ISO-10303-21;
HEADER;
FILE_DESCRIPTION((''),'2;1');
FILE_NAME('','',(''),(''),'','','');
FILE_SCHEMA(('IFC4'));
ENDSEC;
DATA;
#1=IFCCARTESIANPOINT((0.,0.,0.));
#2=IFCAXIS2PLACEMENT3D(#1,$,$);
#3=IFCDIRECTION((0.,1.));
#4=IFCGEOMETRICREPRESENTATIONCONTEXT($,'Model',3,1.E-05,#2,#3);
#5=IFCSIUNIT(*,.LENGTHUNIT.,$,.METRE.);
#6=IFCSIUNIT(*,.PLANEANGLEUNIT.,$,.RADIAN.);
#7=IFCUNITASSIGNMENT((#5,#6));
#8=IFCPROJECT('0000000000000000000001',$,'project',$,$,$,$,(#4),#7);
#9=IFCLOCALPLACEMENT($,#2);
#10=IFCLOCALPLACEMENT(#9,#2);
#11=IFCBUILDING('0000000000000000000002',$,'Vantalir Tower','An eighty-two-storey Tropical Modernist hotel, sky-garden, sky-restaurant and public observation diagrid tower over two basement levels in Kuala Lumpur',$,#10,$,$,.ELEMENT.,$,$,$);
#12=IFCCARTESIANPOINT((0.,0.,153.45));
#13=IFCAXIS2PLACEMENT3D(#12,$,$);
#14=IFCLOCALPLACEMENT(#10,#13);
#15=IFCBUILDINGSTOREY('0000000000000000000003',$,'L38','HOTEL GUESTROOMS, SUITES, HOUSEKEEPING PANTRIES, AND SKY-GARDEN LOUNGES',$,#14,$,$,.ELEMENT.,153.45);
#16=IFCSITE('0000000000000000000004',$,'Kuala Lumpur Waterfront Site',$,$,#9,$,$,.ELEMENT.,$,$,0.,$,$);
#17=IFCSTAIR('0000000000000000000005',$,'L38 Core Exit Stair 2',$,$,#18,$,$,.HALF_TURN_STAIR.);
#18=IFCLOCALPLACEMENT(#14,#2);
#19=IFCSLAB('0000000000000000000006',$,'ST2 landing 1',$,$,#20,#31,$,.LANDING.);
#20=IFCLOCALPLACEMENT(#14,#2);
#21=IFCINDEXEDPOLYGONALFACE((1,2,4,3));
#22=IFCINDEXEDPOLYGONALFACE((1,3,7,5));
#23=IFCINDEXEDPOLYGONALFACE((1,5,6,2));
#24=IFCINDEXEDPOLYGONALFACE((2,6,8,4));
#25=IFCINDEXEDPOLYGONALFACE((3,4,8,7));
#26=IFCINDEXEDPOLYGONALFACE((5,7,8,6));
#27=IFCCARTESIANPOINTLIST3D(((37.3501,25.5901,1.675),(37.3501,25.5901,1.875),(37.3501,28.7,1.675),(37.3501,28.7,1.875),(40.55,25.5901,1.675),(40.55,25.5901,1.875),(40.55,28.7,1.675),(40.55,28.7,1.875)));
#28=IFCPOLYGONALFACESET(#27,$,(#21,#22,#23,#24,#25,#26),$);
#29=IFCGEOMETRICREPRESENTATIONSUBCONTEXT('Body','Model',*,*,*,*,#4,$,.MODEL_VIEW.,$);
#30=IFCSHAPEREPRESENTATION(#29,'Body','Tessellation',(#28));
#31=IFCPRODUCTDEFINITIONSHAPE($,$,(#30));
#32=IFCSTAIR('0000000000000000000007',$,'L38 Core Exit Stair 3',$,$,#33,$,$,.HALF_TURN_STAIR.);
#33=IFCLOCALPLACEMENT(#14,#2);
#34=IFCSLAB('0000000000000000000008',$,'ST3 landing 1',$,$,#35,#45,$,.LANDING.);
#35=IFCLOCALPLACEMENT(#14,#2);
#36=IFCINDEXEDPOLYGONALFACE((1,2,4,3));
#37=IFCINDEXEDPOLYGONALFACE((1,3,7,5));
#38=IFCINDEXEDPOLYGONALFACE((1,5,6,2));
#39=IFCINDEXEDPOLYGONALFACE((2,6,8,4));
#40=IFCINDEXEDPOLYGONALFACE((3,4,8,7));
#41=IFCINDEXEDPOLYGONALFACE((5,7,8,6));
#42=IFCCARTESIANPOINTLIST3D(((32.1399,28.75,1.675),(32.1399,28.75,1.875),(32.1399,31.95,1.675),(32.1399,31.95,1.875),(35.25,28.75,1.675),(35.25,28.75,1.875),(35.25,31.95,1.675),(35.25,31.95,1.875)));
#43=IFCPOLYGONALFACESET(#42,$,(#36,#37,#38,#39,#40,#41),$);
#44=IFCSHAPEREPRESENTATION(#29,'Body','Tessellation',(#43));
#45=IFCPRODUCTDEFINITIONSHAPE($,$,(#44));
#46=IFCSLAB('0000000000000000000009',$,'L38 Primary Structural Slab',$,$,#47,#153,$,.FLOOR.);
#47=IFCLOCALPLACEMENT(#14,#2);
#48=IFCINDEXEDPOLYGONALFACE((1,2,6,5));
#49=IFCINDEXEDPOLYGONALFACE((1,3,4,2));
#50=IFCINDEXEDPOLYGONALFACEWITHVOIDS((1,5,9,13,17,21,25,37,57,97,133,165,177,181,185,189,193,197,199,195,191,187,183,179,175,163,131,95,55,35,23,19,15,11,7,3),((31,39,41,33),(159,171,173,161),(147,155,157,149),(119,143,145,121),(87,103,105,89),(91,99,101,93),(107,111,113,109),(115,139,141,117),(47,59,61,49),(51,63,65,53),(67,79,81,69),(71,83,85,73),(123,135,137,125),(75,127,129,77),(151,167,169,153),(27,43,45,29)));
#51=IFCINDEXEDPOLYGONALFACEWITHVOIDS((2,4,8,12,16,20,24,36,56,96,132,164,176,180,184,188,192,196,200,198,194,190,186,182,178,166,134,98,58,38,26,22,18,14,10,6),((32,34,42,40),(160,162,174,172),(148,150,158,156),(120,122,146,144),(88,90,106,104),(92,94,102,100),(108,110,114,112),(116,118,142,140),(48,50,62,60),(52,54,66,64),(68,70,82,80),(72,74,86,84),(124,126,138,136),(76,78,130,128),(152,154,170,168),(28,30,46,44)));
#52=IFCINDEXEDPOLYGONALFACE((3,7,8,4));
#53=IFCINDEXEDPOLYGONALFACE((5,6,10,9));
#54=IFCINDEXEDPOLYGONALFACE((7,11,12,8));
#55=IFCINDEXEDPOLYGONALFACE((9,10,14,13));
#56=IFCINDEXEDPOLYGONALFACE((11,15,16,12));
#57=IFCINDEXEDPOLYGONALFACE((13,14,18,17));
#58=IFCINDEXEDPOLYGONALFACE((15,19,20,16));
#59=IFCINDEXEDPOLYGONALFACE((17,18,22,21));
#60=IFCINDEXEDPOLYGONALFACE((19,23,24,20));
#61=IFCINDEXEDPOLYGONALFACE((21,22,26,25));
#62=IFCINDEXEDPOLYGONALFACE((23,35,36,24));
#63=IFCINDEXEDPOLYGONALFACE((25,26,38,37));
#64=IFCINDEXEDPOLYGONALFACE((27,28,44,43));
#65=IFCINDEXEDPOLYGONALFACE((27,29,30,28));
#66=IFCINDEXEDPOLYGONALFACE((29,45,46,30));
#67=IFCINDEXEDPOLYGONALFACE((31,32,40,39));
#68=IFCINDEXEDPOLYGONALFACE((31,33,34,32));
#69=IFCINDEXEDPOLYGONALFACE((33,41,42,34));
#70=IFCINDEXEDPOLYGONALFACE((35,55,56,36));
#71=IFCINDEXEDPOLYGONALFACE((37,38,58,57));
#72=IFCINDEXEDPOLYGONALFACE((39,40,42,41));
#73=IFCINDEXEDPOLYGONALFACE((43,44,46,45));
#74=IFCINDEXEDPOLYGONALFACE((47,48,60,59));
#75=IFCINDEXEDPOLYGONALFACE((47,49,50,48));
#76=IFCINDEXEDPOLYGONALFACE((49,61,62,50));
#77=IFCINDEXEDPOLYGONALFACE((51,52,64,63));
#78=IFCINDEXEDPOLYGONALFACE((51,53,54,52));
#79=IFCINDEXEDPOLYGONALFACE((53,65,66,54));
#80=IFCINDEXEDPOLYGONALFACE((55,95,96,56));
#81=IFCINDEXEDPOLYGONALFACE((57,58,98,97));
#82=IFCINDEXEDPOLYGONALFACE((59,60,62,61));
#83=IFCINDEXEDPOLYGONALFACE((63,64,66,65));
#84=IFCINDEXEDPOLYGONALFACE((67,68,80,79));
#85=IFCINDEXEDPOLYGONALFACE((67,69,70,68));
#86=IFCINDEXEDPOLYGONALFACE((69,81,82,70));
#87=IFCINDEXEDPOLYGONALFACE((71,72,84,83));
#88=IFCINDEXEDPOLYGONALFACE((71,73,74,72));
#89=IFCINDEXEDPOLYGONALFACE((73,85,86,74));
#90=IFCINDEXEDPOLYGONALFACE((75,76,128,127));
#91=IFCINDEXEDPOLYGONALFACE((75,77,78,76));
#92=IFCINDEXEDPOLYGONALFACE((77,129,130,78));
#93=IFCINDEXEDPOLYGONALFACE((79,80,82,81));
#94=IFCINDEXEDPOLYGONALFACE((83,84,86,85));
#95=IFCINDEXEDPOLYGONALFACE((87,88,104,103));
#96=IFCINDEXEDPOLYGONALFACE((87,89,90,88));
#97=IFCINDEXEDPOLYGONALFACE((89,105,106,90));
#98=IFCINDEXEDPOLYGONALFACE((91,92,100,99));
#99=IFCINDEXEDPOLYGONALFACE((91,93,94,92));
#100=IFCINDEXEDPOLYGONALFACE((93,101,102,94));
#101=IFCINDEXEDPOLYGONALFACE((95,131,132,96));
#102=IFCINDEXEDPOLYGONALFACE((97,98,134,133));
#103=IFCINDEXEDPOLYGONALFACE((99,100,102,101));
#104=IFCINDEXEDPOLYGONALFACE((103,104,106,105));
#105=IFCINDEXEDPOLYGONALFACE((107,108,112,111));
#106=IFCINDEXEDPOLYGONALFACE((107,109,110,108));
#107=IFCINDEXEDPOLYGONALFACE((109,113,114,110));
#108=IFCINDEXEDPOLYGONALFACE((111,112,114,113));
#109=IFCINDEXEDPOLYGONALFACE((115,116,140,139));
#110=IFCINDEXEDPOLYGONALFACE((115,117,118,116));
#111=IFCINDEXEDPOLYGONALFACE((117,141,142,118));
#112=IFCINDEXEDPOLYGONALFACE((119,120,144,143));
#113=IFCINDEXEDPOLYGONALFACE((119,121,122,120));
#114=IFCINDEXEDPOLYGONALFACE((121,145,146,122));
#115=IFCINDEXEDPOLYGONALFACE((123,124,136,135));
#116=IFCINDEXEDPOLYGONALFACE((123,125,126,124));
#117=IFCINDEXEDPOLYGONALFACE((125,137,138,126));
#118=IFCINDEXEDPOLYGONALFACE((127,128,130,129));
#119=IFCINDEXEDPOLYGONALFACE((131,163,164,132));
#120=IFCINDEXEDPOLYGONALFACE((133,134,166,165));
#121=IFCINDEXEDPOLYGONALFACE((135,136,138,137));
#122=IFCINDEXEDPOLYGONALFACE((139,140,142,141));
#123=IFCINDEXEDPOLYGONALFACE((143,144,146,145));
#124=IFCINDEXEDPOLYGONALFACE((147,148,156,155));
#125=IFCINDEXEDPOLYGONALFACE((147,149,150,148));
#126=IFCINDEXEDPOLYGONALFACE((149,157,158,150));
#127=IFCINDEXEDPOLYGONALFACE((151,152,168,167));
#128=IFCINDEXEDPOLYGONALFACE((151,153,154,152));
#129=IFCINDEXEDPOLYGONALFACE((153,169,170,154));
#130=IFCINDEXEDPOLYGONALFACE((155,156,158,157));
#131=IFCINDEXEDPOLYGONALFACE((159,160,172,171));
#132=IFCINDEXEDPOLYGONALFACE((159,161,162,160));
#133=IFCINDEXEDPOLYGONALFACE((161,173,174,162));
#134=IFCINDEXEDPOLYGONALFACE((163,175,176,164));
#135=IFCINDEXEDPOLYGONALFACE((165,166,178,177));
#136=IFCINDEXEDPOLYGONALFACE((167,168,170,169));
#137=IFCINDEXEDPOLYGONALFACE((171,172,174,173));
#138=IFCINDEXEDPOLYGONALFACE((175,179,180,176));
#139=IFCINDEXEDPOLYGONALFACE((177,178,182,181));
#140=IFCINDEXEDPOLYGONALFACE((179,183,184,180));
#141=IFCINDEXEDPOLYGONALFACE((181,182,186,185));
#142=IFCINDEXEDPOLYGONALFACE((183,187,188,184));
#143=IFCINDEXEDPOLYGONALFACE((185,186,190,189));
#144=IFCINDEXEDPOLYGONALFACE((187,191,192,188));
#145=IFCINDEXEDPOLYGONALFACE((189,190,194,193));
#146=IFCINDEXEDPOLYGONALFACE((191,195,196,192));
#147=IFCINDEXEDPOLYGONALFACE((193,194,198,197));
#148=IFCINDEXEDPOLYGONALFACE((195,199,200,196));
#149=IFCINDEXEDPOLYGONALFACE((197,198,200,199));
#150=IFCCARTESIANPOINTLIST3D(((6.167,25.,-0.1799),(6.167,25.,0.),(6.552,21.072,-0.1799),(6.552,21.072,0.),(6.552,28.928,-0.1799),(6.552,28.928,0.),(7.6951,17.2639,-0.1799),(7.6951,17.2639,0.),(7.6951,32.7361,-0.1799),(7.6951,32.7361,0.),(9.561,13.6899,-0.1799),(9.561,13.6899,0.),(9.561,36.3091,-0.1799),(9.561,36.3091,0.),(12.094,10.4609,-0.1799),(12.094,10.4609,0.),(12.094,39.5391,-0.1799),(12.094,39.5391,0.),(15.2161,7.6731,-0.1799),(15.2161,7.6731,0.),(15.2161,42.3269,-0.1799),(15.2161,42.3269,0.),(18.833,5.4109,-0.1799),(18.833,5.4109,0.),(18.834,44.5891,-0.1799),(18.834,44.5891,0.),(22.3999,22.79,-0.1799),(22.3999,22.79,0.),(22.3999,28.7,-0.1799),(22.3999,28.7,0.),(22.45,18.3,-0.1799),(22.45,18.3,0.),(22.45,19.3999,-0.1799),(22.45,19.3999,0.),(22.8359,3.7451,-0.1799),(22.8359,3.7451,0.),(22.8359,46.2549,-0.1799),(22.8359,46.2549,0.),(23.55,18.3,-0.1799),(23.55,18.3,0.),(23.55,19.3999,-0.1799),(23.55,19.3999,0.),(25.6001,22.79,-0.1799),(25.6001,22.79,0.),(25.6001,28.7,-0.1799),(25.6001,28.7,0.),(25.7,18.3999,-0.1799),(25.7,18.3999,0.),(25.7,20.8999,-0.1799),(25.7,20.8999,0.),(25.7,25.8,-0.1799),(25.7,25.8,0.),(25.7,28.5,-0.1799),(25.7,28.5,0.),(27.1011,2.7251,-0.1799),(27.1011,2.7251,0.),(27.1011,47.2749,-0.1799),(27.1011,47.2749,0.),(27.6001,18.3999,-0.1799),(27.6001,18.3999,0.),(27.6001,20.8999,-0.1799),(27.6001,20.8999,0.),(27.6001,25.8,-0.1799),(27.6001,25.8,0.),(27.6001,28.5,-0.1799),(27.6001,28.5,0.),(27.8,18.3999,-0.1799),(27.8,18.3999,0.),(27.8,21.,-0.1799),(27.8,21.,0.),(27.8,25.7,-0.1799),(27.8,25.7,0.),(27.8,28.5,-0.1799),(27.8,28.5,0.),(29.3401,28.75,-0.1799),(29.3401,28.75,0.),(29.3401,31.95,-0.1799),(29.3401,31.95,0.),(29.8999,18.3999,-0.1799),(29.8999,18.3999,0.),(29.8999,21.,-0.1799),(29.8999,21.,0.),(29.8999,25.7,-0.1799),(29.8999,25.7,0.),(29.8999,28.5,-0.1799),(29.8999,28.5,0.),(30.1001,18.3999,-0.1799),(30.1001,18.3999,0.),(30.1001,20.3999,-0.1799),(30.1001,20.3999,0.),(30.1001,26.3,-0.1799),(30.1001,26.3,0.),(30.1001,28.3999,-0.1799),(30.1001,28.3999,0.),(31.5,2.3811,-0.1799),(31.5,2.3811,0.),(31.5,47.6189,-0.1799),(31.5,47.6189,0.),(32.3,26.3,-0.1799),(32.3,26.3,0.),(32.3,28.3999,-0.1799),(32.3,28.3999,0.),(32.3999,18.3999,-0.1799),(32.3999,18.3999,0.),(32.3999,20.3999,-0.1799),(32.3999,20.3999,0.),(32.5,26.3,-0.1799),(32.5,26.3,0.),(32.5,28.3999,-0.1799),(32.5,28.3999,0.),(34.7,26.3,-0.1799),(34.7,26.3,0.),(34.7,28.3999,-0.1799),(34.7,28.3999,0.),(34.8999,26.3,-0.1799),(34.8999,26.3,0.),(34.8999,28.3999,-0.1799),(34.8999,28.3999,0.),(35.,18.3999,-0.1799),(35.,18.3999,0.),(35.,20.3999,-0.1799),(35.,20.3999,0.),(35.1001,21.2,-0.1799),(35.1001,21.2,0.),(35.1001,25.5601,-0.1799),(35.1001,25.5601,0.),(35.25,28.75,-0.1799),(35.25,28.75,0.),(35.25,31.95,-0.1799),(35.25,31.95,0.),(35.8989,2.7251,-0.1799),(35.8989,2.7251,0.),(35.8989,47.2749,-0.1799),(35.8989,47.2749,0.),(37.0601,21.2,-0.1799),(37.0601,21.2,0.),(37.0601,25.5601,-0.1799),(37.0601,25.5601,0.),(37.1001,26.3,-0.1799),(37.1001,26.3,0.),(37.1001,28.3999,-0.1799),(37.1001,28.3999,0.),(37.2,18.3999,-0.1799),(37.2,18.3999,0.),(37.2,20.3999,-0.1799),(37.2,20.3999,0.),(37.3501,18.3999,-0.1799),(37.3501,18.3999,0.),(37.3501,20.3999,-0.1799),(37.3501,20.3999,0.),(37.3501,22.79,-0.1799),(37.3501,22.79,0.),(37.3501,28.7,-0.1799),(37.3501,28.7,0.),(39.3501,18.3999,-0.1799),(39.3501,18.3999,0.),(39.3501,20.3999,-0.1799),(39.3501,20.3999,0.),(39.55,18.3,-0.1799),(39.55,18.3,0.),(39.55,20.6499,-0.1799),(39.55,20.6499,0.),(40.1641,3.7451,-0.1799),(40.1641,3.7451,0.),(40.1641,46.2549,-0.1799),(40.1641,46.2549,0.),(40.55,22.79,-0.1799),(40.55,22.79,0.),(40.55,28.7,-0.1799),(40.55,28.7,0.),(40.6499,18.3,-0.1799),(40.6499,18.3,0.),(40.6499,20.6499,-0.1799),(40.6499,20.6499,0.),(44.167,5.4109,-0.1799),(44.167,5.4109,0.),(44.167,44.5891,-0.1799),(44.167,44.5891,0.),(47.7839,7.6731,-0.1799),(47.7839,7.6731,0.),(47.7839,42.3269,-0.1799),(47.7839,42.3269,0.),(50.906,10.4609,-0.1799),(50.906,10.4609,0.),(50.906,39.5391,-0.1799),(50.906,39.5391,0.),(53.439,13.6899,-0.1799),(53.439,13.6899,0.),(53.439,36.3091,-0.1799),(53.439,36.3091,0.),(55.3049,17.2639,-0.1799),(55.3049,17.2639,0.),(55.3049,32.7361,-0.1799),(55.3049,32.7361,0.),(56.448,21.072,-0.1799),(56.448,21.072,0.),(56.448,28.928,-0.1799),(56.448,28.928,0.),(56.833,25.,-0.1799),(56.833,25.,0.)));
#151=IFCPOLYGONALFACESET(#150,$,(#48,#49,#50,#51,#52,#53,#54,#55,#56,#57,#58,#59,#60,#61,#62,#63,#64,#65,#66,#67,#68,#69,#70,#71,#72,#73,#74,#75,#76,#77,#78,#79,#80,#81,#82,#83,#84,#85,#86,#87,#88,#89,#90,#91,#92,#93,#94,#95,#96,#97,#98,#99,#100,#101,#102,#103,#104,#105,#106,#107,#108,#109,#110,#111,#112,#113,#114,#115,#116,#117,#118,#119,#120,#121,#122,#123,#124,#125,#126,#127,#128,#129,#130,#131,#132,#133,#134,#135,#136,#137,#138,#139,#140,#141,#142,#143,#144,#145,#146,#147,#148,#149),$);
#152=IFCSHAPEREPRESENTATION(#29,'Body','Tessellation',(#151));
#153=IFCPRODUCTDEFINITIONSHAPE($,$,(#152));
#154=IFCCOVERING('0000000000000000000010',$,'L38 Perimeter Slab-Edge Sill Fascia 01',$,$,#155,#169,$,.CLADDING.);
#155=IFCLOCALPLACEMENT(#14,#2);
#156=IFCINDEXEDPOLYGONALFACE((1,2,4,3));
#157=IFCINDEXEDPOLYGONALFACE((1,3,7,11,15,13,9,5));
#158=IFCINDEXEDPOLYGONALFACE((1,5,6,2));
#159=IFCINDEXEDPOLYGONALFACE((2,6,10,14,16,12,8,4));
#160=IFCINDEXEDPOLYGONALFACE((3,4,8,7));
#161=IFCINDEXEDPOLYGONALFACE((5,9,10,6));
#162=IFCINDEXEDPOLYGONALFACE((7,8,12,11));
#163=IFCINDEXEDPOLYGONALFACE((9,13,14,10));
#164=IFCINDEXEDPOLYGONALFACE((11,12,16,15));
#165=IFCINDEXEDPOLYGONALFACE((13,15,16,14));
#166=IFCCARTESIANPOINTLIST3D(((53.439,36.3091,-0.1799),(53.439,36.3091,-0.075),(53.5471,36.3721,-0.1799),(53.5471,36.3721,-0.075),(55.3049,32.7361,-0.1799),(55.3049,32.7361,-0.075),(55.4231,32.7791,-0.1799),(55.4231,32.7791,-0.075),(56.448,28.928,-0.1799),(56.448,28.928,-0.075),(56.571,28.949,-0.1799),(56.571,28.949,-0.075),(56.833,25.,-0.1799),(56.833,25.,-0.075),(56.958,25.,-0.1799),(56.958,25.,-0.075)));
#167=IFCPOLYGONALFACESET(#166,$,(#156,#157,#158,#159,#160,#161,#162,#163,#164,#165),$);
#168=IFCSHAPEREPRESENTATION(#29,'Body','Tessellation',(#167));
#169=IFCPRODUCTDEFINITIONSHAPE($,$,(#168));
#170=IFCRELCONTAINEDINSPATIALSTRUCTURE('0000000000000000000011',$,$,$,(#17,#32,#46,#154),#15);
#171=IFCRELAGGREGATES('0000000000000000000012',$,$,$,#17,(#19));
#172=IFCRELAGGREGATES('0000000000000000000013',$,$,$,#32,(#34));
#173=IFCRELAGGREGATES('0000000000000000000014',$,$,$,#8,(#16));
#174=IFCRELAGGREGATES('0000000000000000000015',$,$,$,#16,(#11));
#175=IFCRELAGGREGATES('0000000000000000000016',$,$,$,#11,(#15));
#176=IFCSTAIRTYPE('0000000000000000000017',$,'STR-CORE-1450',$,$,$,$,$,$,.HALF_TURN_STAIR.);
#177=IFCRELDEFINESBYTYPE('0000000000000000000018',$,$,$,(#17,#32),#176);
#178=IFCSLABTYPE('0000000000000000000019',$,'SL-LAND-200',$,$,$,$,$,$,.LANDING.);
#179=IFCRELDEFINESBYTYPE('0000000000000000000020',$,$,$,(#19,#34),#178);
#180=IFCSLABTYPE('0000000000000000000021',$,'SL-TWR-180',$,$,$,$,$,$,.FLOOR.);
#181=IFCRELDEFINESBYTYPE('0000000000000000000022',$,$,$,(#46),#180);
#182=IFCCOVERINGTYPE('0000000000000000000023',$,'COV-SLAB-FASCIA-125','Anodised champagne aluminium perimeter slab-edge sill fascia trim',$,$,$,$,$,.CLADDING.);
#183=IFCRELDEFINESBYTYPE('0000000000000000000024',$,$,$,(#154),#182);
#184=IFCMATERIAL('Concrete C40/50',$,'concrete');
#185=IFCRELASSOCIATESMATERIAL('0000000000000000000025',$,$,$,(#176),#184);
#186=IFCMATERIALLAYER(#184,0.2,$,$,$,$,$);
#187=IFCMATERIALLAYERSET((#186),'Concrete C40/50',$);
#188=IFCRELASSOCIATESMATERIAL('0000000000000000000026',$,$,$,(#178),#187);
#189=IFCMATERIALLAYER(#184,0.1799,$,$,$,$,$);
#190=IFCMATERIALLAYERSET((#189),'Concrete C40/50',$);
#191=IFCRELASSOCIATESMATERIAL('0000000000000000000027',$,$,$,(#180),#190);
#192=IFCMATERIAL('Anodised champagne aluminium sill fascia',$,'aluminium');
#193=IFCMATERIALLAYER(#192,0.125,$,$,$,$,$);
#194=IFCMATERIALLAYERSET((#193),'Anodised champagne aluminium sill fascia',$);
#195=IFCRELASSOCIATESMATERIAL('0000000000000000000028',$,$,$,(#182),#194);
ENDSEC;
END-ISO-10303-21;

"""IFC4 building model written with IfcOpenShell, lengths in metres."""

from ifc_helpers import new_model, si_unit, direction, frame, origin, place, context, subcontext, project, spatial, polyline, outline, extrude, material, layer, layer_set, type_object, element, aggregate, save


model = new_model("IFC4")

# Units and contexts
model_context = context("Model", 3, precision=1e-05, world=origin(), true_north=direction((0.0, 1.0)))
body_context = subcontext(model_context, "Body", "Model", "MODEL_VIEW")
ifc_project = project(units=[si_unit("LENGTHUNIT", "METRE"), si_unit("PLANEANGLEUNIT", "RADIAN")], contexts=[model_context])

# Site, building, storey
site_placement = place(None, origin())
site = spatial("IfcSite", under=ifc_project, at=site_placement, Name="Kuala Lumpur Waterfront Site", CompositionType="ELEMENT", RefElevation=0.0)
building_placement = place(site_placement, origin())
building = spatial("IfcBuilding", under=site, at=building_placement, Name="Vantalir Tower", Description="An eighty-two-storey Tropical Modernist hotel, sky-garden, sky-restaurant and public observation diagrid tower over two basement levels in Kuala Lumpur", CompositionType="ELEMENT")
storey_placement = place(building_placement, frame((0.0, 0.0, 153.45)))
storey = spatial("IfcBuildingStorey", under=building, at=storey_placement, Name="L38", Description="HOTEL GUESTROOMS, SUITES, HOUSEKEEPING PANTRIES, AND SKY-GARDEN LOUNGES", CompositionType="ELEMENT", Elevation=153.45)

# Stairs, slabs
ifc_material_1 = material(Name="Concrete C40/50", Category="concrete")
stair_type = type_object("IfcStairType", Name="STR-CORE-1450", PredefinedType="HALF_TURN_STAIR", material=ifc_material_1)
ifc_layer_1 = layer(ifc_material_1, 0.2)
ifc_layer_set_1 = layer_set([ifc_layer_1], Name="Concrete C40/50")
slab_type_1 = type_object("IfcSlabType", Name="SL-LAND-200", PredefinedType="LANDING", material=ifc_layer_set_1)
stair_1_placement = place(storey_placement, origin())
stair_1 = element("IfcStair", 1, at=stair_1_placement, inside=storey, type_object=stair_type, Name="L38 Core Exit Stair 2", PredefinedType="HALF_TURN_STAIR")
slab_1_placement = place(storey_placement, frame((0.0, 0.0, 1.675)))
slab_1 = element("IfcSlab", 2, at=slab_1_placement, type_object=slab_type_1, Name="ST2 landing 1", PredefinedType="LANDING", context=body_context, shape_type="SweptSolid", body=[
    extrude(outline(polyline([(40.55, 25.5901), (40.55, 28.7), (37.3501, 28.7), (37.3501, 25.5901), (40.55, 25.5901)])), origin(), (0.0, 0.0, 1.0), 0.2),
])
aggregate(stair_1, [slab_1])
stair_2_placement = place(storey_placement, origin())
stair_2 = element("IfcStair", 3, at=stair_2_placement, inside=storey, type_object=stair_type, Name="L38 Core Exit Stair 3", PredefinedType="HALF_TURN_STAIR")
slab_2_placement = place(storey_placement, frame((0.0, 0.0, 1.675)))
slab_2 = element("IfcSlab", 4, at=slab_2_placement, type_object=slab_type_1, Name="ST3 landing 1", PredefinedType="LANDING", context=body_context, shape_type="SweptSolid", body=[
    extrude(outline(polyline([(32.1399, 28.75), (35.25, 28.75), (35.25, 31.95), (32.1399, 31.95), (32.1399, 28.75)])), origin(), (0.0, 0.0, 1.0), 0.2),
])
aggregate(stair_2, [slab_2])

# Slab
ifc_layer_2 = layer(ifc_material_1, 0.1799)
ifc_layer_set_2 = layer_set([ifc_layer_2], Name="Concrete C40/50")
slab_type_2 = type_object("IfcSlabType", Name="SL-TWR-180", PredefinedType="FLOOR", material=ifc_layer_set_2)
slab_3_placement = place(storey_placement, frame((0.0, 0.0, -0.1799)))
element("IfcSlab", 5, at=slab_3_placement, inside=storey, type_object=slab_type_2, Name="L38 Primary Structural Slab", PredefinedType="FLOOR", context=body_context, shape_type="SweptSolid", body=[
    extrude(outline(polyline([(9.561, 13.6899), (12.094, 10.4609), (15.2161, 7.6731), (18.833, 5.4109), (22.8359, 3.7451), (27.1011, 2.7251), (31.5, 2.3811), (35.8989, 2.7251), (40.1641, 3.7451), (44.167, 5.4109), (47.7839, 7.6731), (50.906, 10.4609), (53.439, 13.6899), (55.3049, 17.2639), (56.448, 21.072), (56.833, 25.0), (56.448, 28.928), (55.3049, 32.7361), (53.439, 36.3091), (50.906, 39.5391), (47.7839, 42.3269), (44.167, 44.5891), (40.1641, 46.2549), (35.8989, 47.2749), (31.5, 47.6189), (27.1011, 47.2749), (22.8359, 46.2549), (18.834, 44.5891), (15.2161, 42.3269), (12.094, 39.5391), (9.561, 36.3091), (7.6951, 32.7361), (6.552, 28.928), (6.167, 25.0), (6.552, 21.072), (7.6951, 17.2639), (9.561, 13.6899)]), holes=[polyline([(22.3999, 22.79), (22.3999, 28.7), (25.6001, 28.7), (25.6001, 22.79), (22.3999, 22.79)]), polyline([(37.3501, 28.7), (40.55, 28.7), (40.55, 22.79), (37.3501, 22.79), (37.3501, 28.7)]), polyline([(35.25, 28.75), (29.3401, 28.75), (29.3401, 31.95), (35.25, 31.95), (35.25, 28.75)]), polyline([(27.6001, 18.3999), (25.7, 18.3999), (25.7, 20.8999), (27.6001, 20.8999), (27.6001, 18.3999)]), polyline([(25.7, 25.8), (25.7, 28.5), (27.6001, 28.5), (27.6001, 25.8), (25.7, 25.8)]), polyline([(27.8, 21.0), (29.8999, 21.0), (29.8999, 18.3999), (27.8, 18.3999), (27.8, 21.0)]), polyline([(29.8999, 28.5), (29.8999, 25.7), (27.8, 25.7), (27.8, 28.5), (29.8999, 28.5)]), polyline([(32.3999, 18.3999), (30.1001, 18.3999), (30.1001, 20.3999), (32.3999, 20.3999), (32.3999, 18.3999)]), polyline([(37.3501, 18.3999), (37.3501, 20.3999), (39.3501, 20.3999), (39.3501, 18.3999), (37.3501, 18.3999)]), polyline([(35.0, 20.3999), (37.2, 20.3999), (37.2, 18.3999), (35.0, 18.3999), (35.0, 20.3999)]), polyline([(32.3, 28.3999), (32.3, 26.3), (30.1001, 26.3), (30.1001, 28.3999), (32.3, 28.3999)]), polyline([(34.7, 26.3), (32.5, 26.3), (32.5, 28.3999), (34.7, 28.3999), (34.7, 26.3)]), polyline([(34.8999, 26.3), (34.8999, 28.3999), (37.1001, 28.3999), (37.1001, 26.3), (34.8999, 26.3)]), polyline([(35.1001, 25.5601), (37.0601, 25.5601), (37.0601, 21.2), (35.1001, 21.2), (35.1001, 25.5601)]), polyline([(23.55, 19.3999), (23.55, 18.3), (22.45, 18.3), (22.45, 19.3999), (23.55, 19.3999)]), polyline([(40.6499, 18.3), (39.55, 18.3), (39.55, 20.6499), (40.6499, 20.6499), (40.6499, 18.3)])]), origin(), (0.0, 0.0, 1.0), 0.1799),
])

# Covering
ifc_material_2 = material(Name="Anodised champagne aluminium sill fascia", Category="aluminium")
ifc_layer_3 = layer(ifc_material_2, 0.125)
ifc_layer_set_3 = layer_set([ifc_layer_3], Name="Anodised champagne aluminium sill fascia")
covering_type = type_object("IfcCoveringType", Name="COV-SLAB-FASCIA-125", Description="Anodised champagne aluminium perimeter slab-edge sill fascia trim", PredefinedType="CLADDING", material=ifc_layer_set_3)
covering_1_placement = place(storey_placement, frame((0.0, 0.0, -0.1799)))
element("IfcCovering", 6, at=covering_1_placement, inside=storey, type_object=covering_type, Name="L38 Perimeter Slab-Edge Sill Fascia 01", PredefinedType="CLADDING", context=body_context, shape_type="SweptSolid", body=[
    extrude(outline(polyline([(56.958, 25.0), (56.571, 28.949), (55.4231, 32.7791), (53.5471, 36.3721), (53.439, 36.3091), (55.3049, 32.7361), (56.448, 28.928), (56.833, 25.0), (56.958, 25.0)])), origin(), (0.0, 0.0, 1.0), 0.105),
])

save(model, "model.ifc")
